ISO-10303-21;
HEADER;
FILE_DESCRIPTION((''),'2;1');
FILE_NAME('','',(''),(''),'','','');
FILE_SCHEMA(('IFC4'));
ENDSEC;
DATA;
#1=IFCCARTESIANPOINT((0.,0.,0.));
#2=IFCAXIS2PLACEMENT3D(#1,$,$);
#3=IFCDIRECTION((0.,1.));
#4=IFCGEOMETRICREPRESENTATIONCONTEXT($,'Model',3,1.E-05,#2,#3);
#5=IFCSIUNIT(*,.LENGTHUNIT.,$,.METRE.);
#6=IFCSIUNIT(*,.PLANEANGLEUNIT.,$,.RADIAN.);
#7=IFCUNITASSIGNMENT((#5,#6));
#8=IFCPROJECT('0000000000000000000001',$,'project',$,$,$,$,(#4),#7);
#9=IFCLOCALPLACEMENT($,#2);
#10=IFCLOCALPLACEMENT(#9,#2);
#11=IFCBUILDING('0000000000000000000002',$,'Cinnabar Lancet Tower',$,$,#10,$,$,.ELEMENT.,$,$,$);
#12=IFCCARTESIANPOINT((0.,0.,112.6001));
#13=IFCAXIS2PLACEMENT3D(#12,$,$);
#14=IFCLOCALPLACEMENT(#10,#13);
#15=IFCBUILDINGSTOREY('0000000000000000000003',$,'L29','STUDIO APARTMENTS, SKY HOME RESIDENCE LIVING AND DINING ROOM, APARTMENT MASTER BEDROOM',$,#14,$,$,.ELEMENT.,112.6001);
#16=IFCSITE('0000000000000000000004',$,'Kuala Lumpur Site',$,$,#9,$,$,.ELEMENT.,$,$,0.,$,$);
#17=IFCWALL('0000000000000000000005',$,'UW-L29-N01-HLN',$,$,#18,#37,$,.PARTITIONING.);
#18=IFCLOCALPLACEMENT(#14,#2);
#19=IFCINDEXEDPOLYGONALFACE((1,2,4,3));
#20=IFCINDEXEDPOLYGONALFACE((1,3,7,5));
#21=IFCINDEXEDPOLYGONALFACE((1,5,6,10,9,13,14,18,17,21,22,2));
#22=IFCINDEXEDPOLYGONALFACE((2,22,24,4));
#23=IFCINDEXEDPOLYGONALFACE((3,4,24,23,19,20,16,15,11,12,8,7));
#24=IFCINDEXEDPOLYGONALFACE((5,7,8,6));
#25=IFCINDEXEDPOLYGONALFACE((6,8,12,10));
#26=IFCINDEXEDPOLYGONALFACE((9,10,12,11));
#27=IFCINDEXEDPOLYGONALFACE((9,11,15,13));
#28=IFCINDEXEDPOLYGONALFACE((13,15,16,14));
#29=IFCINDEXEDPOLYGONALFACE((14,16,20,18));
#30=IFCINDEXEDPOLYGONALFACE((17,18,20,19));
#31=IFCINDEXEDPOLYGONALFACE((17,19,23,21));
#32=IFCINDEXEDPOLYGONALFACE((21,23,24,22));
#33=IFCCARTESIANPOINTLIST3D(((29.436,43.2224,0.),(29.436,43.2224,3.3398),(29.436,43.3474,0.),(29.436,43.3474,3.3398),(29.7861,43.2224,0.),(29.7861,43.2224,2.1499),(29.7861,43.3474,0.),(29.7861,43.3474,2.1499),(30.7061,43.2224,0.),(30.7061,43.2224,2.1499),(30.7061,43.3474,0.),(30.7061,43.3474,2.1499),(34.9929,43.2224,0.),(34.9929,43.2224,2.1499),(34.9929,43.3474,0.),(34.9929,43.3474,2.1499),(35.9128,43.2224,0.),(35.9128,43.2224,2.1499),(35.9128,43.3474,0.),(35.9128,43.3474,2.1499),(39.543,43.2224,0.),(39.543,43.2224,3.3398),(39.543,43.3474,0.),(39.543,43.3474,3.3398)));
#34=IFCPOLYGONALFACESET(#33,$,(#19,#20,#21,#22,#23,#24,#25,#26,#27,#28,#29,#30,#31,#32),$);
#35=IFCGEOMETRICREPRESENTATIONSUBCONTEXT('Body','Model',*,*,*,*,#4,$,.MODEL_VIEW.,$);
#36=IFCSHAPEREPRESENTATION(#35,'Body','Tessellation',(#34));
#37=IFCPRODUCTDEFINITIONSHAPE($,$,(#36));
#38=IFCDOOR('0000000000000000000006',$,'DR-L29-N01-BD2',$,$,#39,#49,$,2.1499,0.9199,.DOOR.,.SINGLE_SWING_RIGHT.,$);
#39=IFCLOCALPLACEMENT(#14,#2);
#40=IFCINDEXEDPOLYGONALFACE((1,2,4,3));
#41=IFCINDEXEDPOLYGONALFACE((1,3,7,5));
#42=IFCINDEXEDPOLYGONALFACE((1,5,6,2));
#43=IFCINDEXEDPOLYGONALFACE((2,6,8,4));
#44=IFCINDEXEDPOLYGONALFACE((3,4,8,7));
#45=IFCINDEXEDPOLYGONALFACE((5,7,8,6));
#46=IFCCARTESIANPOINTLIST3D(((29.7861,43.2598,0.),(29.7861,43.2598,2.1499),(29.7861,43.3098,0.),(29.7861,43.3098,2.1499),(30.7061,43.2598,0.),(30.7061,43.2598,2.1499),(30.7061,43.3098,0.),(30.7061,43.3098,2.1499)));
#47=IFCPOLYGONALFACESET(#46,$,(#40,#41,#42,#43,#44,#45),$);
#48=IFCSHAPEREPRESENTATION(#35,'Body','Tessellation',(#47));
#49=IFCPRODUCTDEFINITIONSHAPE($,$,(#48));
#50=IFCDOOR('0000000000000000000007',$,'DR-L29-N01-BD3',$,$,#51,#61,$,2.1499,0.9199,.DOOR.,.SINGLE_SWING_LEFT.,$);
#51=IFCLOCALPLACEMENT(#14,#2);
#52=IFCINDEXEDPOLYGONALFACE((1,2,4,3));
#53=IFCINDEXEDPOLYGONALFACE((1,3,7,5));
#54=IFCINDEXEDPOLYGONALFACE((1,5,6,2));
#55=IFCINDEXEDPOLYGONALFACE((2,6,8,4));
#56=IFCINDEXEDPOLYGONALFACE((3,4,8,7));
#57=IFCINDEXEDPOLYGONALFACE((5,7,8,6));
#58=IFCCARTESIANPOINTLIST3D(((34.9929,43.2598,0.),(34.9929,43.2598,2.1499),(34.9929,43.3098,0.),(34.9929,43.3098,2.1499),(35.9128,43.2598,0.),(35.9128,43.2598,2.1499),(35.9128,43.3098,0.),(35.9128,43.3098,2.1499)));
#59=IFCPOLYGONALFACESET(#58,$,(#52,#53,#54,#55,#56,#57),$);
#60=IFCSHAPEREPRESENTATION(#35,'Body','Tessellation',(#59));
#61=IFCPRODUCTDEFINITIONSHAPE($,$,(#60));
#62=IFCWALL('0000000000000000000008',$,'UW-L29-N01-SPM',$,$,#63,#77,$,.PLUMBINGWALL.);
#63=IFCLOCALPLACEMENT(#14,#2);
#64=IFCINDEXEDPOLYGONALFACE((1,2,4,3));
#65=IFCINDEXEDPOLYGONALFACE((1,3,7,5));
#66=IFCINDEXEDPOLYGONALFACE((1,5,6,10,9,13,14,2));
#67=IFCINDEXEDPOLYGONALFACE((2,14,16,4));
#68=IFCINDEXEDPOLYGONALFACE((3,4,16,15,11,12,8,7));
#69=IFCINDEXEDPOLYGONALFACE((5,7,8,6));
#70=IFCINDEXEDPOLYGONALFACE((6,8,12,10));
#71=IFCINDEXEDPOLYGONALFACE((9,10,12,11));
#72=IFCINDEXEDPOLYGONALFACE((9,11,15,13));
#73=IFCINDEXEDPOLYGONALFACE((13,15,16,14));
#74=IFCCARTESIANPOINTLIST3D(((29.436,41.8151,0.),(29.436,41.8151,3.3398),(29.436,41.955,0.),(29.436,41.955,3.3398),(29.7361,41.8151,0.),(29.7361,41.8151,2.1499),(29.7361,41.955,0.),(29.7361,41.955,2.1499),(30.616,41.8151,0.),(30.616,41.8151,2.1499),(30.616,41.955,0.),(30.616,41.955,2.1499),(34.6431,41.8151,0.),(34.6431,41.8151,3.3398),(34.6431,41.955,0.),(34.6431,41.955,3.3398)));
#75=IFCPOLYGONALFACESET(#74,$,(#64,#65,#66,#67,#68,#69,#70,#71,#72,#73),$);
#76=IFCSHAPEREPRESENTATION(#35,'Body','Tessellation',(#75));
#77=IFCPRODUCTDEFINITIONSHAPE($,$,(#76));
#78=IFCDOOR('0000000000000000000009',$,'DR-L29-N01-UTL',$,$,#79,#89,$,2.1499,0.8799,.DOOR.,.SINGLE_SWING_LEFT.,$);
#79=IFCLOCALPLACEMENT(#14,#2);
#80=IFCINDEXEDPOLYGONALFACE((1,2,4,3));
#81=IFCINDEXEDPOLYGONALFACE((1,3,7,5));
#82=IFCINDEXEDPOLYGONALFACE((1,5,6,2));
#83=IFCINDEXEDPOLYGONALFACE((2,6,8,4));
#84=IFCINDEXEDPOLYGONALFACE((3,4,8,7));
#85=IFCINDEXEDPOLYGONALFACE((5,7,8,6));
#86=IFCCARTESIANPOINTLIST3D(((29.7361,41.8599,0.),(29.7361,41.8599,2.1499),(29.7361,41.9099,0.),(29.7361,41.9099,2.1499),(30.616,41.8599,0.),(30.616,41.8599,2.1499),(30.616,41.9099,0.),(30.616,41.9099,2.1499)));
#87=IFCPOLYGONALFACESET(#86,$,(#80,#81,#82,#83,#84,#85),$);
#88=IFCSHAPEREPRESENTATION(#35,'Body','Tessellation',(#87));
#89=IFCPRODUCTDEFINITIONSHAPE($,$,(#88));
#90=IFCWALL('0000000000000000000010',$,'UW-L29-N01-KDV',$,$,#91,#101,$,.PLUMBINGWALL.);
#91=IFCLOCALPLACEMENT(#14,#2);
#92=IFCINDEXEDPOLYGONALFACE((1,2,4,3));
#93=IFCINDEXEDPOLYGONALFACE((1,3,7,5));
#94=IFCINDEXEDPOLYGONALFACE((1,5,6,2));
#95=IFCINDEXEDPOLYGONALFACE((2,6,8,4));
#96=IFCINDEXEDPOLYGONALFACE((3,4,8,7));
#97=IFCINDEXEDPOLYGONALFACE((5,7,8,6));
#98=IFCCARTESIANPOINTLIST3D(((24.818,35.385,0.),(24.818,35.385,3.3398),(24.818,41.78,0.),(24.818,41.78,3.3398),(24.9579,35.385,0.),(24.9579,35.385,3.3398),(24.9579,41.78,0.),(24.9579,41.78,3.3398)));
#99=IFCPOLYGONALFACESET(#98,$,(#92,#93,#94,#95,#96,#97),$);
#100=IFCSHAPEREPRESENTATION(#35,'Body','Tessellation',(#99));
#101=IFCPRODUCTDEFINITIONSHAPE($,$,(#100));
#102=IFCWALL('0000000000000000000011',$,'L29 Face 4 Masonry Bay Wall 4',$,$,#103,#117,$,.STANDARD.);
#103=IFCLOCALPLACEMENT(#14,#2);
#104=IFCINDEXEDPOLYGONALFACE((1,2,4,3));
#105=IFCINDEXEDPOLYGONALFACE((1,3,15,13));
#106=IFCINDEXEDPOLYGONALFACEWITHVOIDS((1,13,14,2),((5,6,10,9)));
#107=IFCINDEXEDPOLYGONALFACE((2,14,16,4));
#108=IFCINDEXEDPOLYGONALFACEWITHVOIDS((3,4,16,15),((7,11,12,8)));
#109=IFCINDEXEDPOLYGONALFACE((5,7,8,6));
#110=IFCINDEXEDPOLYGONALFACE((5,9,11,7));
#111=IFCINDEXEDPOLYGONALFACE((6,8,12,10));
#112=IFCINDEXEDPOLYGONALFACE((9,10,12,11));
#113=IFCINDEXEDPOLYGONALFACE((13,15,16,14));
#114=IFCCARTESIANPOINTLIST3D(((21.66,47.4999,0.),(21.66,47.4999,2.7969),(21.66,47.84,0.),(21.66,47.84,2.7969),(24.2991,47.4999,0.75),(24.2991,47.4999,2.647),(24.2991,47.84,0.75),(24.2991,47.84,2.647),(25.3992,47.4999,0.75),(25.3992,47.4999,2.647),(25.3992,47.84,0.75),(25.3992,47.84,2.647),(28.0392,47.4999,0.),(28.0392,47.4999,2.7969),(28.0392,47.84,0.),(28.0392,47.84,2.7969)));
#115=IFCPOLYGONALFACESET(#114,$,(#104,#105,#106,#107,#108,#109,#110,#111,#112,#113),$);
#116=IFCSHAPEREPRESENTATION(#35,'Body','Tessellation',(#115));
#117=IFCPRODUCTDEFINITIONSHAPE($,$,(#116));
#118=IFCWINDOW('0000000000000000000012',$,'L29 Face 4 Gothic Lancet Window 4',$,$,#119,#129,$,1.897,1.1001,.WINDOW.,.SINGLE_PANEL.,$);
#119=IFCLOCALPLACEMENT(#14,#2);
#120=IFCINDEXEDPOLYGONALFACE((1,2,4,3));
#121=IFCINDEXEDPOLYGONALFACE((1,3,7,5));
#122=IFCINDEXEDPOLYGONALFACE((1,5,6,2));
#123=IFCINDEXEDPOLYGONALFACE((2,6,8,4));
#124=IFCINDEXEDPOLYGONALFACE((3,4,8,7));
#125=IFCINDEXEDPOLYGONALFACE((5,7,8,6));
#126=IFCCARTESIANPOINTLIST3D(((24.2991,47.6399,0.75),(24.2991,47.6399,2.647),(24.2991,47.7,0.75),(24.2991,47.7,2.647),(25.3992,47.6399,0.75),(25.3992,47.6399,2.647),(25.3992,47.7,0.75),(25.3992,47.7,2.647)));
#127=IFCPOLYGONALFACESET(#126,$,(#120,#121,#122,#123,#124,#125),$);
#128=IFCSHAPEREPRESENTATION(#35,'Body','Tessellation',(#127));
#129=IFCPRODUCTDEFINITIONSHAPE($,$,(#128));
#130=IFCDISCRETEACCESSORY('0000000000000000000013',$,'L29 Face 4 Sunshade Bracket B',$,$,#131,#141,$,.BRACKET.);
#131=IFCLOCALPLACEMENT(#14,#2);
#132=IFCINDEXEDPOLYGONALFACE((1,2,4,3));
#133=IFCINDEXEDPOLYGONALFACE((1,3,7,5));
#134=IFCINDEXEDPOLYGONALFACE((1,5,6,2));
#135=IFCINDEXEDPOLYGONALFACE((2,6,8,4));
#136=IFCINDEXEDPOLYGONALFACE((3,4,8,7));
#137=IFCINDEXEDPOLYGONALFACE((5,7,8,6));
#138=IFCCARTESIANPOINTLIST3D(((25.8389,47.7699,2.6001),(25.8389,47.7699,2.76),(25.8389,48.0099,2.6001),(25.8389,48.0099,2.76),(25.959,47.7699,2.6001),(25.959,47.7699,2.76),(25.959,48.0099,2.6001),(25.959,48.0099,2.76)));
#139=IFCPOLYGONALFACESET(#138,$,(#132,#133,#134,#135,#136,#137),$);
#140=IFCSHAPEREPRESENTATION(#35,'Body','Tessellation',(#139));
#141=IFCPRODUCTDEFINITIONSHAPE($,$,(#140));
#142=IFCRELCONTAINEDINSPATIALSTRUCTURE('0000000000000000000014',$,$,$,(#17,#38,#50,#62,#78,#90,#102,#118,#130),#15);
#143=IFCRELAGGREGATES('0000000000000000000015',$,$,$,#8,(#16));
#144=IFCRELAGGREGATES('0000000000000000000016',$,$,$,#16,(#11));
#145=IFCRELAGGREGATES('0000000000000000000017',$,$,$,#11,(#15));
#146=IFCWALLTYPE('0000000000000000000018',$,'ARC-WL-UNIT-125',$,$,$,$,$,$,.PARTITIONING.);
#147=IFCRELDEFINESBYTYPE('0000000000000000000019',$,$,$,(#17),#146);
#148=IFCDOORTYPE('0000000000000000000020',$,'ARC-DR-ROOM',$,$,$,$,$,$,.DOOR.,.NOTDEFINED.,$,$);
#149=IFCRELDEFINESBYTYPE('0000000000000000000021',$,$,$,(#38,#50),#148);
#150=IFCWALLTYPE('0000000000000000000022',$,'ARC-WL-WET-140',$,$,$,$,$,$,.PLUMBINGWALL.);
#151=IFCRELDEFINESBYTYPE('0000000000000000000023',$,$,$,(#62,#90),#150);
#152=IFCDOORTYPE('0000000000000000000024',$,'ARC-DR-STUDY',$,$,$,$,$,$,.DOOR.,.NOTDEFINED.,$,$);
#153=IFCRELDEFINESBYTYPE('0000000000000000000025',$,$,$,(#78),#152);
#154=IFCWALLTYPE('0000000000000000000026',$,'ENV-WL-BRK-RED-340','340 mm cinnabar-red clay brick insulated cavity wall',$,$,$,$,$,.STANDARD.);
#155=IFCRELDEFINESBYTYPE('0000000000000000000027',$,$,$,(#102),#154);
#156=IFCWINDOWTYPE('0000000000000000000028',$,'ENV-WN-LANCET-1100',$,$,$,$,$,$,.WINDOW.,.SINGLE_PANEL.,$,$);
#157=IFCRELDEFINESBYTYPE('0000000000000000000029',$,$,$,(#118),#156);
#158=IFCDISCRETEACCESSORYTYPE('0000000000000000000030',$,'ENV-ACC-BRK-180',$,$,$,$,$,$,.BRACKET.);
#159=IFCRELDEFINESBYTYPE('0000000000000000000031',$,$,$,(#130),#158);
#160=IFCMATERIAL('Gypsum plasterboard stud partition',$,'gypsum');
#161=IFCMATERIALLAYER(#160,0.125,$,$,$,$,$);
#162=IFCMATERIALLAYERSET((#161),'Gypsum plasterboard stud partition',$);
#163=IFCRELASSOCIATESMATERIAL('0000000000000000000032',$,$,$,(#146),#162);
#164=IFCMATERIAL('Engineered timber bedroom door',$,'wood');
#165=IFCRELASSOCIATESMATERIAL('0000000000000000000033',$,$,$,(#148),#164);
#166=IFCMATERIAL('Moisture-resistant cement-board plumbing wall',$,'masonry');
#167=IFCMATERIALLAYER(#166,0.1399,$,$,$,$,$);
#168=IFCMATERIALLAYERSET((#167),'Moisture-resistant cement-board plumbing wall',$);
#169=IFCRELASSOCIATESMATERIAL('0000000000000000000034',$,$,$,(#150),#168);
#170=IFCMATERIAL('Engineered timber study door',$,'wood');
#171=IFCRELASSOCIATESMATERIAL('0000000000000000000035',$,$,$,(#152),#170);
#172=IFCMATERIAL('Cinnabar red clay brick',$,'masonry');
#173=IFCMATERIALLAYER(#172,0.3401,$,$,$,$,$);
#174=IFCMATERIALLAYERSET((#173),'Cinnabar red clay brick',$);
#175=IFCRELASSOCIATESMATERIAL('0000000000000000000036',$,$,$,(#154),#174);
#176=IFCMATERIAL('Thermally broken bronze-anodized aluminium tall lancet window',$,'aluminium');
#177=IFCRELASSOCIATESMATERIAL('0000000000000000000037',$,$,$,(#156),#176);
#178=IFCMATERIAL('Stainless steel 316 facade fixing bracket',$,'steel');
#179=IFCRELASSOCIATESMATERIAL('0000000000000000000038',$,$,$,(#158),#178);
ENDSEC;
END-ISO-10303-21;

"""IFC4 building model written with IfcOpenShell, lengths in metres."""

from ifc_helpers import new_model, si_unit, direction, frame, frame_2d, origin, origin_2d, place, context, subcontext, project, spatial, rectangle, extrude, material, layer, layer_set, type_object, element, fill, save


model = new_model("IFC4")

# Units and contexts
model_context = context("Model", 3, precision=1e-05, world=origin(), true_north=direction((0.0, 1.0)))
body_context = subcontext(model_context, "Body", "Model", "MODEL_VIEW")
ifc_project = project(units=[si_unit("LENGTHUNIT", "METRE"), si_unit("PLANEANGLEUNIT", "RADIAN")], contexts=[model_context])

# Site, building, storey
site_placement = place(None, origin())
site = spatial("IfcSite", under=ifc_project, at=site_placement, Name="Kuala Lumpur Site", CompositionType="ELEMENT", RefElevation=0.0)
building_placement = place(site_placement, origin())
building = spatial("IfcBuilding", under=site, at=building_placement, Name="Cinnabar Lancet Tower", CompositionType="ELEMENT")
storey_placement = place(building_placement, frame((0.0, 0.0, 112.6001)))
storey = spatial("IfcBuildingStorey", under=building, at=storey_placement, Name="L29", Description="STUDIO APARTMENTS, SKY HOME RESIDENCE LIVING AND DINING ROOM, APARTMENT MASTER BEDROOM", CompositionType="ELEMENT", Elevation=112.6001)

# Shared definitions
ifc_material_1 = material(Name="Gypsum plasterboard stud partition", Category="gypsum")
ifc_layer_1 = layer(ifc_material_1, 0.125)
ifc_layer_set_1 = layer_set([ifc_layer_1], Name="Gypsum plasterboard stud partition")
wall_type_1 = type_object("IfcWallType", Name="ARC-WL-UNIT-125", PredefinedType="PARTITIONING", material=ifc_layer_set_1)

# Wall, openings, doors
wall_1_placement = place(storey_placement, frame((29.436, 43.2849, 0.0), z_axis=(0.0, 0.0, 1.0), x_axis=(1.0, 0.0, 0.0)))
wall_1 = element("IfcWall", 1, at=wall_1_placement, inside=storey, type_object=wall_type_1, Name="UW-L29-N01-HLN", PredefinedType="PARTITIONING", context=body_context, shape_type="SweptSolid", body=[
    extrude(rectangle(XDim=10.1069, YDim=0.125, at=frame_2d((5.0535, 0.0))), origin(), (0.0, 0.0, 1.0), 3.3398),
])
opening_1_placement = place(wall_1_placement, frame((0.3501, 0.0, 0.0)))
opening_1 = element("IfcOpeningElement", 2, at=opening_1_placement, cuts=wall_1, PredefinedType="OPENING", context=body_context, shape_type="SweptSolid", body=[
    extrude(rectangle(XDim=0.9199, YDim=2.1499, at=frame_2d((0.46, 1.075))), frame((0.0, 0.0725, 0.0), z_axis=(0.0, -1.0, 0.0), x_axis=(1.0, 0.0, 0.0)), (0.0, 0.0, 1.0), 0.145),
])
opening_2_placement = place(wall_1_placement, frame((5.5569, 0.0, 0.0)))
opening_2 = element("IfcOpeningElement", 3, at=opening_2_placement, cuts=wall_1, PredefinedType="OPENING", context=body_context, shape_type="SweptSolid", body=[
    extrude(rectangle(XDim=0.9199, YDim=2.1499, at=frame_2d((0.46, 1.075))), frame((0.0, 0.0725, 0.0), z_axis=(0.0, -1.0, 0.0), x_axis=(1.0, 0.0, 0.0)), (0.0, 0.0, 1.0), 0.145),
])
ifc_material_2 = material(Name="Engineered timber bedroom door", Category="wood")
door_type_1 = type_object("IfcDoorType", Name="ARC-DR-ROOM", OperationType="NOTDEFINED", PredefinedType="DOOR", material=ifc_material_2)
door_1_placement = place(opening_1_placement, origin())
door_1 = element("IfcDoor", 4, at=door_1_placement, inside=storey, type_object=door_type_1, Name="DR-L29-N01-BD2", OperationType="SINGLE_SWING_RIGHT", OverallHeight=2.1499, OverallWidth=0.9199, PredefinedType="DOOR", context=body_context, shape_type="SweptSolid", body=[
    extrude(rectangle(XDim=0.9199, YDim=2.1499, at=frame_2d((0.46, 1.075))), frame((0.0, 0.0249, 0.0), z_axis=(0.0, -1.0, 0.0), x_axis=(1.0, 0.0, 0.0)), (0.0, 0.0, 1.0), 0.05),
])
fill(opening_1, door_1)
door_2_placement = place(opening_2_placement, origin())
door_2 = element("IfcDoor", 5, at=door_2_placement, inside=storey, type_object=door_type_1, Name="DR-L29-N01-BD3", OperationType="SINGLE_SWING_LEFT", OverallHeight=2.1499, OverallWidth=0.9199, PredefinedType="DOOR", context=body_context, shape_type="SweptSolid", body=[
    extrude(rectangle(XDim=0.9199, YDim=2.1499, at=frame_2d((0.46, 1.075))), frame((0.0, 0.0249, 0.0), z_axis=(0.0, -1.0, 0.0), x_axis=(1.0, 0.0, 0.0)), (0.0, 0.0, 1.0), 0.05),
])
fill(opening_2, door_2)
ifc_material_3 = material(Name="Moisture-resistant cement-board plumbing wall", Category="masonry")
ifc_layer_2 = layer(ifc_material_3, 0.1399)
ifc_layer_set_2 = layer_set([ifc_layer_2], Name="Moisture-resistant cement-board plumbing wall")
wall_type_2 = type_object("IfcWallType", Name="ARC-WL-WET-140", PredefinedType="PLUMBINGWALL", material=ifc_layer_set_2)
ifc_material_4 = material(Name="Engineered timber study door", Category="wood")
door_type_2 = type_object("IfcDoorType", Name="ARC-DR-STUDY", OperationType="NOTDEFINED", PredefinedType="DOOR", material=ifc_material_4)

# Wall, opening, door
wall_2_placement = place(storey_placement, frame((29.436, 41.885, 0.0), z_axis=(0.0, 0.0, 1.0), x_axis=(1.0, 0.0, 0.0)))
wall_2 = element("IfcWall", 6, at=wall_2_placement, inside=storey, type_object=wall_type_2, Name="UW-L29-N01-SPM", PredefinedType="PLUMBINGWALL", context=body_context, shape_type="SweptSolid", body=[
    extrude(rectangle(XDim=5.207, YDim=0.1399, at=frame_2d((2.6035, 0.0))), origin(), (0.0, 0.0, 1.0), 3.3398),
])
opening_3_placement = place(wall_2_placement, frame((0.3, 0.0, 0.0)))
opening_3 = element("IfcOpeningElement", 7, at=opening_3_placement, cuts=wall_2, PredefinedType="OPENING", context=body_context, shape_type="SweptSolid", body=[
    extrude(rectangle(XDim=0.8799, YDim=2.1499, at=frame_2d((0.4399, 1.075))), frame((0.0, 0.0798, 0.0), z_axis=(0.0, -1.0, 0.0), x_axis=(1.0, 0.0, 0.0)), (0.0, 0.0, 1.0), 0.1599),
])
door_3_placement = place(opening_3_placement, origin())
door_3 = element("IfcDoor", 8, at=door_3_placement, inside=storey, type_object=door_type_2, Name="DR-L29-N01-UTL", OperationType="SINGLE_SWING_LEFT", OverallHeight=2.1499, OverallWidth=0.8799, PredefinedType="DOOR", context=body_context, shape_type="SweptSolid", body=[
    extrude(rectangle(XDim=0.8799, YDim=2.1499, at=frame_2d((0.4399, 1.075))), frame((0.0, 0.0249, 0.0), z_axis=(0.0, -1.0, 0.0), x_axis=(1.0, 0.0, 0.0)), (0.0, 0.0, 1.0), 0.05),
])
fill(opening_3, door_3)

# Wall
wall_3_placement = place(storey_placement, frame((24.8879, 35.385, 0.0), z_axis=(0.0, 0.0, 1.0), x_axis=(0.0, 1.0, 0.0)))
element("IfcWall", 9, at=wall_3_placement, inside=storey, type_object=wall_type_2, Name="UW-L29-N01-KDV", PredefinedType="PLUMBINGWALL", context=body_context, shape_type="SweptSolid", body=[
    extrude(rectangle(XDim=6.395, YDim=0.1399, at=frame_2d((3.1975, 0.0))), origin(), (0.0, 0.0, 1.0), 3.3398),
])

# Wall, opening, window
ifc_material_5 = material(Name="Cinnabar red clay brick", Category="masonry")
ifc_layer_3 = layer(ifc_material_5, 0.3401)
ifc_layer_set_3 = layer_set([ifc_layer_3], Name="Cinnabar red clay brick")
wall_type_3 = type_object("IfcWallType", Name="ENV-WL-BRK-RED-340", Description="340 mm cinnabar-red clay brick insulated cavity wall", PredefinedType="STANDARD", material=ifc_layer_set_3)
wall_4_placement = place(storey_placement, frame((28.0391, 47.6699, 0.0), z_axis=(0.0, 0.0, 1.0), x_axis=(-1.0, 0.0, 0.0)))
wall_4 = element("IfcWall", 10, at=wall_4_placement, inside=storey, type_object=wall_type_3, Name="L29 Face 4 Masonry Bay Wall 4", PredefinedType="STANDARD", context=body_context, shape_type="SweptSolid", body=[
    extrude(rectangle(XDim=6.3792, YDim=0.3401, at=frame_2d((3.1895, 0.0))), origin(), (0.0, 0.0, 1.0), 2.7969),
])
opening_4_placement = place(wall_4_placement, frame((2.6399, 0.0, 0.75)))
opening_4 = element("IfcOpeningElement", 11, at=opening_4_placement, cuts=wall_4, PredefinedType="OPENING", context=body_context, shape_type="SweptSolid", body=[
    extrude(rectangle(XDim=1.1001, YDim=1.897, at=frame_2d((0.55, 0.9485))), frame((0.0, 0.1799, 0.0), z_axis=(0.0, -1.0, 0.0), x_axis=(1.0, 0.0, 0.0)), (0.0, 0.0, 1.0), 0.3601),
])
ifc_material_6 = material(Name="Thermally broken bronze-anodized aluminium tall lancet window", Category="aluminium")
window_type = type_object("IfcWindowType", Name="ENV-WN-LANCET-1100", PartitioningType="SINGLE_PANEL", PredefinedType="WINDOW", material=ifc_material_6)
window_placement = place(opening_4_placement, origin())
window = element("IfcWindow", 12, at=window_placement, inside=storey, type_object=window_type, Name="L29 Face 4 Gothic Lancet Window 4", OverallHeight=1.897, OverallWidth=1.1001, PartitioningType="SINGLE_PANEL", PredefinedType="WINDOW", context=body_context, shape_type="SweptSolid", body=[
    extrude(rectangle(XDim=1.1001, YDim=1.897, at=frame_2d((0.55, 0.9485))), frame((0.0, 0.03, 0.0), z_axis=(0.0, -1.0, 0.0), x_axis=(1.0, 0.0, 0.0)), (0.0, 0.0, 1.0), 0.0601),
])
fill(opening_4, window)

# Discrete accessory
ifc_material_7 = material(Name="Stainless steel 316 facade fixing bracket", Category="steel")
discrete_accessory_type = type_object("IfcDiscreteAccessoryType", Name="ENV-ACC-BRK-180", PredefinedType="BRACKET", material=ifc_material_7)
discrete_accessory_placement = place(storey_placement, frame((25.8989, 47.8899, 2.6001), z_axis=(0.0, 0.0, 1.0), x_axis=(-1.0, 0.0, 0.0)))
element("IfcDiscreteAccessory", 13, at=discrete_accessory_placement, inside=storey, type_object=discrete_accessory_type, Name="L29 Face 4 Sunshade Bracket B", PredefinedType="BRACKET", context=body_context, shape_type="SweptSolid", body=[
    extrude(rectangle(XDim=0.1201, YDim=0.24, at=origin_2d()), origin(), (0.0, 0.0, 1.0), 0.1599),
])

save(model, "model.ifc")
